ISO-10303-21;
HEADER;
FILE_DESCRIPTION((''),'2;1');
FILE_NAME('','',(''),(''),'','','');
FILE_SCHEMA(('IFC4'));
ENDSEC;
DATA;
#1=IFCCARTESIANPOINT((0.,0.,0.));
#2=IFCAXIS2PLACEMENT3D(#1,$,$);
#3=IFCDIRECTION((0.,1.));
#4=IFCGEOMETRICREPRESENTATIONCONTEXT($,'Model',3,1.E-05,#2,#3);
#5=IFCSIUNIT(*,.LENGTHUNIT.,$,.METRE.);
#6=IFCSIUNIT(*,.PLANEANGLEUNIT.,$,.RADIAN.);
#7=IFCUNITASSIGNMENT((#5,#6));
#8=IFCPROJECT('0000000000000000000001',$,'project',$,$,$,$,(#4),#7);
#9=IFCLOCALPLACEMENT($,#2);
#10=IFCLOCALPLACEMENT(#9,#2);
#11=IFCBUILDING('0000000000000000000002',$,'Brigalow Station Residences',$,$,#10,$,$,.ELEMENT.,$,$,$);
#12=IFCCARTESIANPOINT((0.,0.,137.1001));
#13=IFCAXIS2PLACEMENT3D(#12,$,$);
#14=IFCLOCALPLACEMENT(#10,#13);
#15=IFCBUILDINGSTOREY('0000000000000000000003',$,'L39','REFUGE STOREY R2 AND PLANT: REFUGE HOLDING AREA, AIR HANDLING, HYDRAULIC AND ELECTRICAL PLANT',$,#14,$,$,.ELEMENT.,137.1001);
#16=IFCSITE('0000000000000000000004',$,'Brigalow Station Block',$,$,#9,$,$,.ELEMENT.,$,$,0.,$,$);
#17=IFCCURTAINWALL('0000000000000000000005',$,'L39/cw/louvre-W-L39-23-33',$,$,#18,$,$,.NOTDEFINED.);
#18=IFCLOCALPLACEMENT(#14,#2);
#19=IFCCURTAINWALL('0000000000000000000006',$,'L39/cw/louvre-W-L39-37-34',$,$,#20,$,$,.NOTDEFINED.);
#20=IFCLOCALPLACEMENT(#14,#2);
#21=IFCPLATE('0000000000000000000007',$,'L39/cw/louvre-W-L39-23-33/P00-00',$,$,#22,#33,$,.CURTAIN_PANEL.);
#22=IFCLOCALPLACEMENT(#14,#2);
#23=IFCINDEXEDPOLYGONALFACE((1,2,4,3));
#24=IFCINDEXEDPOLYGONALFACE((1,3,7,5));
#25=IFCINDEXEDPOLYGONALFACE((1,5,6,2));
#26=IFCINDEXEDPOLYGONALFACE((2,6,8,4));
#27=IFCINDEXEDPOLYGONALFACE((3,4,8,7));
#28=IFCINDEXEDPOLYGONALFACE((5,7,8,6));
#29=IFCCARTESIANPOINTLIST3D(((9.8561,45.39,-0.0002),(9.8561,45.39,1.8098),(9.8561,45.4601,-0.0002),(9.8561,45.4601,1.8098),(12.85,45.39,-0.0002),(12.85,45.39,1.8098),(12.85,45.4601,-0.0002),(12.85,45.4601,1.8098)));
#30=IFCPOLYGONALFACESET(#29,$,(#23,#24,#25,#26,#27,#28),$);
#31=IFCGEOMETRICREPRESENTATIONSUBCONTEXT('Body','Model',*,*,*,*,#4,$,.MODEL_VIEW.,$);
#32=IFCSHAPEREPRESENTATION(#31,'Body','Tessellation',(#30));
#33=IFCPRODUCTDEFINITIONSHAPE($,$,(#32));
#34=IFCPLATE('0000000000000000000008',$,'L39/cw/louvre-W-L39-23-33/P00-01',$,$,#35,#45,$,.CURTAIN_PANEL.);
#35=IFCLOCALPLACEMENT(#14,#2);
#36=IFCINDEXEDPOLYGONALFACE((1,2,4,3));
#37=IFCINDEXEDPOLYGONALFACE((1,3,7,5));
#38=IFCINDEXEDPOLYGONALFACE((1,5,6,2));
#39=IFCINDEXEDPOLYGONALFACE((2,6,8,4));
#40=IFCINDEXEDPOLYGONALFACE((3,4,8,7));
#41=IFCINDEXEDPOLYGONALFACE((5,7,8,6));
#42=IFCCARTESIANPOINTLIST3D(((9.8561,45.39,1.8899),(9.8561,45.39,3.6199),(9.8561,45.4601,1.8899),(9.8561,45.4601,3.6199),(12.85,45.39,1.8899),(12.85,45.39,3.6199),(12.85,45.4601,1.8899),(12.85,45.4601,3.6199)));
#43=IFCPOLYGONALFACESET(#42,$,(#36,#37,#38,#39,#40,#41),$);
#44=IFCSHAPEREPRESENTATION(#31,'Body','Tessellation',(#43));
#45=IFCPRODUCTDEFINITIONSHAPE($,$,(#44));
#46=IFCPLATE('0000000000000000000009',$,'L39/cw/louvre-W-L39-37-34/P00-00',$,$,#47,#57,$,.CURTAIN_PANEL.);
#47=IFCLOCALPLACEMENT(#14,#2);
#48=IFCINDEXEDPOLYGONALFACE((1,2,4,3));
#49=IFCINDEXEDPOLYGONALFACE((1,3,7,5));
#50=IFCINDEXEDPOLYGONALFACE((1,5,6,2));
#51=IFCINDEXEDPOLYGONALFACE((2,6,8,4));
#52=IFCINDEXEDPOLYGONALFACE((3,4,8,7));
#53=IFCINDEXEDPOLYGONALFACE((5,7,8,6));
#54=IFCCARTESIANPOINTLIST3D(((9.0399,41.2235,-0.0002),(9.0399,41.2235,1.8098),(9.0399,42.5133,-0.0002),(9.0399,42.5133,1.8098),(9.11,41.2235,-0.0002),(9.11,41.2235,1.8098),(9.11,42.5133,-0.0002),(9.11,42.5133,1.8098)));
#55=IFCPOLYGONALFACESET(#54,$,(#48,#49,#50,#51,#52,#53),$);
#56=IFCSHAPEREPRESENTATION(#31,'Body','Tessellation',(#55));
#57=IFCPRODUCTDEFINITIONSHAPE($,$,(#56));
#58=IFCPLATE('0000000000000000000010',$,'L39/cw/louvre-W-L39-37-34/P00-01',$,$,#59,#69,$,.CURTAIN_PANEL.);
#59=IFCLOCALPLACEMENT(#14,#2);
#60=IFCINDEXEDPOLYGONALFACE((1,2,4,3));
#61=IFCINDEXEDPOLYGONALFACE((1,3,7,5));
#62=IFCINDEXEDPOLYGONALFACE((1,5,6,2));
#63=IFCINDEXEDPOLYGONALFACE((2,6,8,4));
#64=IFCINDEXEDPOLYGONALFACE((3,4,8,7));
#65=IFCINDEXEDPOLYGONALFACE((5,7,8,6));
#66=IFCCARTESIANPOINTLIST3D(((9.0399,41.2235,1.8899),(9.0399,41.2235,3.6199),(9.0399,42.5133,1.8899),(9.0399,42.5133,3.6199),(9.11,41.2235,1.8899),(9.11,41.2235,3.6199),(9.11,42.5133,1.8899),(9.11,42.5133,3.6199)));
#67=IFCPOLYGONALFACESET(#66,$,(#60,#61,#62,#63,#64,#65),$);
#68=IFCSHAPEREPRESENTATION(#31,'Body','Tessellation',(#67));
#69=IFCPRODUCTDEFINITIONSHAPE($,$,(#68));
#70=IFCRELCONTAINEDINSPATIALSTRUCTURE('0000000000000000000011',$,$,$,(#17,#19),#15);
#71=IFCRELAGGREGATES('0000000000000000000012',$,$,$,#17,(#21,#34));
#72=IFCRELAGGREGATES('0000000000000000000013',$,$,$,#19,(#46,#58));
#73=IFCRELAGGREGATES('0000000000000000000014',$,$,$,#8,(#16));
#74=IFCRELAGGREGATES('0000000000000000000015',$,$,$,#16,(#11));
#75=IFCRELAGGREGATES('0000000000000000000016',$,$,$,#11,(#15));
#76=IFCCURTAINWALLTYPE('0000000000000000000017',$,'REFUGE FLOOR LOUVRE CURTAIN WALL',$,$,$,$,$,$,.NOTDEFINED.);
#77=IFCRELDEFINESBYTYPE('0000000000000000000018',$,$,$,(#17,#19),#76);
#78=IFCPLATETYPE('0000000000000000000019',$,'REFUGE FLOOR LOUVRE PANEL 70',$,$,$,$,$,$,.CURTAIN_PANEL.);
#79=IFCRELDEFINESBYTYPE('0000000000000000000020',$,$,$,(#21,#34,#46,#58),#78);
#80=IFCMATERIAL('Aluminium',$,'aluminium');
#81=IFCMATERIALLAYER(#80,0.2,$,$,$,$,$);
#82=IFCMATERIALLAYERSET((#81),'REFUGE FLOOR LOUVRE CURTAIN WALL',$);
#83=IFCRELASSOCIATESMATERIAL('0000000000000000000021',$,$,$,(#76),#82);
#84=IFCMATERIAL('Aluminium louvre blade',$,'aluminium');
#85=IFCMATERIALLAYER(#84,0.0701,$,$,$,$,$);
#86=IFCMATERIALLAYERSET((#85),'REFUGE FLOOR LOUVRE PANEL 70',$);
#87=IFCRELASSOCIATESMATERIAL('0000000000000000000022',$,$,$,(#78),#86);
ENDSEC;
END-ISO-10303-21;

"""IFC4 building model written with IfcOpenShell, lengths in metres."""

from ifc_helpers import new_model, si_unit, direction, frame, origin, origin_2d, place, context, subcontext, project, spatial, rectangle, extrude, material, layer, layer_set, type_object, element, aggregate, save


model = new_model("IFC4")

# Units and contexts
model_context = context("Model", 3, precision=1e-05, world=origin(), true_north=direction((0.0, 1.0)))
body_context = subcontext(model_context, "Body", "Model", "MODEL_VIEW")
ifc_project = project(units=[si_unit("LENGTHUNIT", "METRE"), si_unit("PLANEANGLEUNIT", "RADIAN")], contexts=[model_context])

# Site, building, storey
site_placement = place(None, origin())
site = spatial("IfcSite", under=ifc_project, at=site_placement, Name="Brigalow Station Block", CompositionType="ELEMENT", RefElevation=0.0)
building_placement = place(site_placement, origin())
building = spatial("IfcBuilding", under=site, at=building_placement, Name="Brigalow Station Residences", CompositionType="ELEMENT")
storey_placement = place(building_placement, frame((0.0, 0.0, 137.1001)))
storey = spatial("IfcBuildingStorey", under=building, at=storey_placement, Name="L39", Description="REFUGE STOREY R2 AND PLANT: REFUGE HOLDING AREA, AIR HANDLING, HYDRAULIC AND ELECTRICAL PLANT", CompositionType="ELEMENT", Elevation=137.1001)

# Curtain walls
ifc_material_1 = material(Name="Aluminium", Category="aluminium")
ifc_layer_1 = layer(ifc_material_1, 0.2)
ifc_layer_set_1 = layer_set([ifc_layer_1], Name="REFUGE FLOOR LOUVRE CURTAIN WALL")
curtain_wall_type = type_object("IfcCurtainWallType", Name="REFUGE FLOOR LOUVRE CURTAIN WALL", PredefinedType="NOTDEFINED", material=ifc_layer_set_1)
curtain_wall_1_placement = place(storey_placement, origin())
curtain_wall_1 = element("IfcCurtainWall", 1, at=curtain_wall_1_placement, inside=storey, type_object=curtain_wall_type, Name="L39/cw/louvre-W-L39-23-33", PredefinedType="NOTDEFINED")
curtain_wall_2_placement = place(storey_placement, origin())
curtain_wall_2 = element("IfcCurtainWall", 2, at=curtain_wall_2_placement, inside=storey, type_object=curtain_wall_type, Name="L39/cw/louvre-W-L39-37-34", PredefinedType="NOTDEFINED")

# Plates
ifc_material_2 = material(Name="Aluminium louvre blade", Category="aluminium")
ifc_layer_2 = layer(ifc_material_2, 0.0701)
ifc_layer_set_2 = layer_set([ifc_layer_2], Name="REFUGE FLOOR LOUVRE PANEL 70")
plate_type = type_object("IfcPlateType", Name="REFUGE FLOOR LOUVRE PANEL 70", PredefinedType="CURTAIN_PANEL", material=ifc_layer_set_2)
plate_1_placement = place(storey_placement, frame((11.353, 45.425, -0.0002), z_axis=(0.0, 0.0, 1.0), x_axis=(-1.0, 0.0, 0.0)))
plate_1 = element("IfcPlate", 3, at=plate_1_placement, type_object=plate_type, Name="L39/cw/louvre-W-L39-23-33/P00-00", PredefinedType="CURTAIN_PANEL", context=body_context, shape_type="SweptSolid", body=[
    extrude(rectangle(XDim=2.9939, YDim=0.0701, at=origin_2d()), origin(), (0.0, 0.0, 1.0), 1.8101),
])
plate_2_placement = place(storey_placement, frame((11.353, 45.425, 1.8899), z_axis=(0.0, 0.0, 1.0), x_axis=(-1.0, 0.0, 0.0)))
plate_2 = element("IfcPlate", 4, at=plate_2_placement, type_object=plate_type, Name="L39/cw/louvre-W-L39-23-33/P00-01", PredefinedType="CURTAIN_PANEL", context=body_context, shape_type="SweptSolid", body=[
    extrude(rectangle(XDim=2.9939, YDim=0.0701, at=origin_2d()), origin(), (0.0, 0.0, 1.0), 1.73),
])
aggregate(curtain_wall_1, [plate_1, plate_2])
plate_3_placement = place(storey_placement, frame((9.075, 41.8684, -0.0002), z_axis=(0.0, 0.0, 1.0), x_axis=(0.0, -1.0, 0.0)))
plate_3 = element("IfcPlate", 5, at=plate_3_placement, type_object=plate_type, Name="L39/cw/louvre-W-L39-37-34/P00-00", PredefinedType="CURTAIN_PANEL", context=body_context, shape_type="SweptSolid", body=[
    extrude(rectangle(XDim=1.2898, YDim=0.0701, at=origin_2d()), origin(), (0.0, 0.0, 1.0), 1.8101),
])
plate_4_placement = place(storey_placement, frame((9.075, 41.8684, 1.8899), z_axis=(0.0, 0.0, 1.0), x_axis=(0.0, -1.0, 0.0)))
plate_4 = element("IfcPlate", 6, at=plate_4_placement, type_object=plate_type, Name="L39/cw/louvre-W-L39-37-34/P00-01", PredefinedType="CURTAIN_PANEL", context=body_context, shape_type="SweptSolid", body=[
    extrude(rectangle(XDim=1.2898, YDim=0.0701, at=origin_2d()), origin(), (0.0, 0.0, 1.0), 1.73),
])
aggregate(curtain_wall_2, [plate_3, plate_4])

save(model, "model.ifc")
